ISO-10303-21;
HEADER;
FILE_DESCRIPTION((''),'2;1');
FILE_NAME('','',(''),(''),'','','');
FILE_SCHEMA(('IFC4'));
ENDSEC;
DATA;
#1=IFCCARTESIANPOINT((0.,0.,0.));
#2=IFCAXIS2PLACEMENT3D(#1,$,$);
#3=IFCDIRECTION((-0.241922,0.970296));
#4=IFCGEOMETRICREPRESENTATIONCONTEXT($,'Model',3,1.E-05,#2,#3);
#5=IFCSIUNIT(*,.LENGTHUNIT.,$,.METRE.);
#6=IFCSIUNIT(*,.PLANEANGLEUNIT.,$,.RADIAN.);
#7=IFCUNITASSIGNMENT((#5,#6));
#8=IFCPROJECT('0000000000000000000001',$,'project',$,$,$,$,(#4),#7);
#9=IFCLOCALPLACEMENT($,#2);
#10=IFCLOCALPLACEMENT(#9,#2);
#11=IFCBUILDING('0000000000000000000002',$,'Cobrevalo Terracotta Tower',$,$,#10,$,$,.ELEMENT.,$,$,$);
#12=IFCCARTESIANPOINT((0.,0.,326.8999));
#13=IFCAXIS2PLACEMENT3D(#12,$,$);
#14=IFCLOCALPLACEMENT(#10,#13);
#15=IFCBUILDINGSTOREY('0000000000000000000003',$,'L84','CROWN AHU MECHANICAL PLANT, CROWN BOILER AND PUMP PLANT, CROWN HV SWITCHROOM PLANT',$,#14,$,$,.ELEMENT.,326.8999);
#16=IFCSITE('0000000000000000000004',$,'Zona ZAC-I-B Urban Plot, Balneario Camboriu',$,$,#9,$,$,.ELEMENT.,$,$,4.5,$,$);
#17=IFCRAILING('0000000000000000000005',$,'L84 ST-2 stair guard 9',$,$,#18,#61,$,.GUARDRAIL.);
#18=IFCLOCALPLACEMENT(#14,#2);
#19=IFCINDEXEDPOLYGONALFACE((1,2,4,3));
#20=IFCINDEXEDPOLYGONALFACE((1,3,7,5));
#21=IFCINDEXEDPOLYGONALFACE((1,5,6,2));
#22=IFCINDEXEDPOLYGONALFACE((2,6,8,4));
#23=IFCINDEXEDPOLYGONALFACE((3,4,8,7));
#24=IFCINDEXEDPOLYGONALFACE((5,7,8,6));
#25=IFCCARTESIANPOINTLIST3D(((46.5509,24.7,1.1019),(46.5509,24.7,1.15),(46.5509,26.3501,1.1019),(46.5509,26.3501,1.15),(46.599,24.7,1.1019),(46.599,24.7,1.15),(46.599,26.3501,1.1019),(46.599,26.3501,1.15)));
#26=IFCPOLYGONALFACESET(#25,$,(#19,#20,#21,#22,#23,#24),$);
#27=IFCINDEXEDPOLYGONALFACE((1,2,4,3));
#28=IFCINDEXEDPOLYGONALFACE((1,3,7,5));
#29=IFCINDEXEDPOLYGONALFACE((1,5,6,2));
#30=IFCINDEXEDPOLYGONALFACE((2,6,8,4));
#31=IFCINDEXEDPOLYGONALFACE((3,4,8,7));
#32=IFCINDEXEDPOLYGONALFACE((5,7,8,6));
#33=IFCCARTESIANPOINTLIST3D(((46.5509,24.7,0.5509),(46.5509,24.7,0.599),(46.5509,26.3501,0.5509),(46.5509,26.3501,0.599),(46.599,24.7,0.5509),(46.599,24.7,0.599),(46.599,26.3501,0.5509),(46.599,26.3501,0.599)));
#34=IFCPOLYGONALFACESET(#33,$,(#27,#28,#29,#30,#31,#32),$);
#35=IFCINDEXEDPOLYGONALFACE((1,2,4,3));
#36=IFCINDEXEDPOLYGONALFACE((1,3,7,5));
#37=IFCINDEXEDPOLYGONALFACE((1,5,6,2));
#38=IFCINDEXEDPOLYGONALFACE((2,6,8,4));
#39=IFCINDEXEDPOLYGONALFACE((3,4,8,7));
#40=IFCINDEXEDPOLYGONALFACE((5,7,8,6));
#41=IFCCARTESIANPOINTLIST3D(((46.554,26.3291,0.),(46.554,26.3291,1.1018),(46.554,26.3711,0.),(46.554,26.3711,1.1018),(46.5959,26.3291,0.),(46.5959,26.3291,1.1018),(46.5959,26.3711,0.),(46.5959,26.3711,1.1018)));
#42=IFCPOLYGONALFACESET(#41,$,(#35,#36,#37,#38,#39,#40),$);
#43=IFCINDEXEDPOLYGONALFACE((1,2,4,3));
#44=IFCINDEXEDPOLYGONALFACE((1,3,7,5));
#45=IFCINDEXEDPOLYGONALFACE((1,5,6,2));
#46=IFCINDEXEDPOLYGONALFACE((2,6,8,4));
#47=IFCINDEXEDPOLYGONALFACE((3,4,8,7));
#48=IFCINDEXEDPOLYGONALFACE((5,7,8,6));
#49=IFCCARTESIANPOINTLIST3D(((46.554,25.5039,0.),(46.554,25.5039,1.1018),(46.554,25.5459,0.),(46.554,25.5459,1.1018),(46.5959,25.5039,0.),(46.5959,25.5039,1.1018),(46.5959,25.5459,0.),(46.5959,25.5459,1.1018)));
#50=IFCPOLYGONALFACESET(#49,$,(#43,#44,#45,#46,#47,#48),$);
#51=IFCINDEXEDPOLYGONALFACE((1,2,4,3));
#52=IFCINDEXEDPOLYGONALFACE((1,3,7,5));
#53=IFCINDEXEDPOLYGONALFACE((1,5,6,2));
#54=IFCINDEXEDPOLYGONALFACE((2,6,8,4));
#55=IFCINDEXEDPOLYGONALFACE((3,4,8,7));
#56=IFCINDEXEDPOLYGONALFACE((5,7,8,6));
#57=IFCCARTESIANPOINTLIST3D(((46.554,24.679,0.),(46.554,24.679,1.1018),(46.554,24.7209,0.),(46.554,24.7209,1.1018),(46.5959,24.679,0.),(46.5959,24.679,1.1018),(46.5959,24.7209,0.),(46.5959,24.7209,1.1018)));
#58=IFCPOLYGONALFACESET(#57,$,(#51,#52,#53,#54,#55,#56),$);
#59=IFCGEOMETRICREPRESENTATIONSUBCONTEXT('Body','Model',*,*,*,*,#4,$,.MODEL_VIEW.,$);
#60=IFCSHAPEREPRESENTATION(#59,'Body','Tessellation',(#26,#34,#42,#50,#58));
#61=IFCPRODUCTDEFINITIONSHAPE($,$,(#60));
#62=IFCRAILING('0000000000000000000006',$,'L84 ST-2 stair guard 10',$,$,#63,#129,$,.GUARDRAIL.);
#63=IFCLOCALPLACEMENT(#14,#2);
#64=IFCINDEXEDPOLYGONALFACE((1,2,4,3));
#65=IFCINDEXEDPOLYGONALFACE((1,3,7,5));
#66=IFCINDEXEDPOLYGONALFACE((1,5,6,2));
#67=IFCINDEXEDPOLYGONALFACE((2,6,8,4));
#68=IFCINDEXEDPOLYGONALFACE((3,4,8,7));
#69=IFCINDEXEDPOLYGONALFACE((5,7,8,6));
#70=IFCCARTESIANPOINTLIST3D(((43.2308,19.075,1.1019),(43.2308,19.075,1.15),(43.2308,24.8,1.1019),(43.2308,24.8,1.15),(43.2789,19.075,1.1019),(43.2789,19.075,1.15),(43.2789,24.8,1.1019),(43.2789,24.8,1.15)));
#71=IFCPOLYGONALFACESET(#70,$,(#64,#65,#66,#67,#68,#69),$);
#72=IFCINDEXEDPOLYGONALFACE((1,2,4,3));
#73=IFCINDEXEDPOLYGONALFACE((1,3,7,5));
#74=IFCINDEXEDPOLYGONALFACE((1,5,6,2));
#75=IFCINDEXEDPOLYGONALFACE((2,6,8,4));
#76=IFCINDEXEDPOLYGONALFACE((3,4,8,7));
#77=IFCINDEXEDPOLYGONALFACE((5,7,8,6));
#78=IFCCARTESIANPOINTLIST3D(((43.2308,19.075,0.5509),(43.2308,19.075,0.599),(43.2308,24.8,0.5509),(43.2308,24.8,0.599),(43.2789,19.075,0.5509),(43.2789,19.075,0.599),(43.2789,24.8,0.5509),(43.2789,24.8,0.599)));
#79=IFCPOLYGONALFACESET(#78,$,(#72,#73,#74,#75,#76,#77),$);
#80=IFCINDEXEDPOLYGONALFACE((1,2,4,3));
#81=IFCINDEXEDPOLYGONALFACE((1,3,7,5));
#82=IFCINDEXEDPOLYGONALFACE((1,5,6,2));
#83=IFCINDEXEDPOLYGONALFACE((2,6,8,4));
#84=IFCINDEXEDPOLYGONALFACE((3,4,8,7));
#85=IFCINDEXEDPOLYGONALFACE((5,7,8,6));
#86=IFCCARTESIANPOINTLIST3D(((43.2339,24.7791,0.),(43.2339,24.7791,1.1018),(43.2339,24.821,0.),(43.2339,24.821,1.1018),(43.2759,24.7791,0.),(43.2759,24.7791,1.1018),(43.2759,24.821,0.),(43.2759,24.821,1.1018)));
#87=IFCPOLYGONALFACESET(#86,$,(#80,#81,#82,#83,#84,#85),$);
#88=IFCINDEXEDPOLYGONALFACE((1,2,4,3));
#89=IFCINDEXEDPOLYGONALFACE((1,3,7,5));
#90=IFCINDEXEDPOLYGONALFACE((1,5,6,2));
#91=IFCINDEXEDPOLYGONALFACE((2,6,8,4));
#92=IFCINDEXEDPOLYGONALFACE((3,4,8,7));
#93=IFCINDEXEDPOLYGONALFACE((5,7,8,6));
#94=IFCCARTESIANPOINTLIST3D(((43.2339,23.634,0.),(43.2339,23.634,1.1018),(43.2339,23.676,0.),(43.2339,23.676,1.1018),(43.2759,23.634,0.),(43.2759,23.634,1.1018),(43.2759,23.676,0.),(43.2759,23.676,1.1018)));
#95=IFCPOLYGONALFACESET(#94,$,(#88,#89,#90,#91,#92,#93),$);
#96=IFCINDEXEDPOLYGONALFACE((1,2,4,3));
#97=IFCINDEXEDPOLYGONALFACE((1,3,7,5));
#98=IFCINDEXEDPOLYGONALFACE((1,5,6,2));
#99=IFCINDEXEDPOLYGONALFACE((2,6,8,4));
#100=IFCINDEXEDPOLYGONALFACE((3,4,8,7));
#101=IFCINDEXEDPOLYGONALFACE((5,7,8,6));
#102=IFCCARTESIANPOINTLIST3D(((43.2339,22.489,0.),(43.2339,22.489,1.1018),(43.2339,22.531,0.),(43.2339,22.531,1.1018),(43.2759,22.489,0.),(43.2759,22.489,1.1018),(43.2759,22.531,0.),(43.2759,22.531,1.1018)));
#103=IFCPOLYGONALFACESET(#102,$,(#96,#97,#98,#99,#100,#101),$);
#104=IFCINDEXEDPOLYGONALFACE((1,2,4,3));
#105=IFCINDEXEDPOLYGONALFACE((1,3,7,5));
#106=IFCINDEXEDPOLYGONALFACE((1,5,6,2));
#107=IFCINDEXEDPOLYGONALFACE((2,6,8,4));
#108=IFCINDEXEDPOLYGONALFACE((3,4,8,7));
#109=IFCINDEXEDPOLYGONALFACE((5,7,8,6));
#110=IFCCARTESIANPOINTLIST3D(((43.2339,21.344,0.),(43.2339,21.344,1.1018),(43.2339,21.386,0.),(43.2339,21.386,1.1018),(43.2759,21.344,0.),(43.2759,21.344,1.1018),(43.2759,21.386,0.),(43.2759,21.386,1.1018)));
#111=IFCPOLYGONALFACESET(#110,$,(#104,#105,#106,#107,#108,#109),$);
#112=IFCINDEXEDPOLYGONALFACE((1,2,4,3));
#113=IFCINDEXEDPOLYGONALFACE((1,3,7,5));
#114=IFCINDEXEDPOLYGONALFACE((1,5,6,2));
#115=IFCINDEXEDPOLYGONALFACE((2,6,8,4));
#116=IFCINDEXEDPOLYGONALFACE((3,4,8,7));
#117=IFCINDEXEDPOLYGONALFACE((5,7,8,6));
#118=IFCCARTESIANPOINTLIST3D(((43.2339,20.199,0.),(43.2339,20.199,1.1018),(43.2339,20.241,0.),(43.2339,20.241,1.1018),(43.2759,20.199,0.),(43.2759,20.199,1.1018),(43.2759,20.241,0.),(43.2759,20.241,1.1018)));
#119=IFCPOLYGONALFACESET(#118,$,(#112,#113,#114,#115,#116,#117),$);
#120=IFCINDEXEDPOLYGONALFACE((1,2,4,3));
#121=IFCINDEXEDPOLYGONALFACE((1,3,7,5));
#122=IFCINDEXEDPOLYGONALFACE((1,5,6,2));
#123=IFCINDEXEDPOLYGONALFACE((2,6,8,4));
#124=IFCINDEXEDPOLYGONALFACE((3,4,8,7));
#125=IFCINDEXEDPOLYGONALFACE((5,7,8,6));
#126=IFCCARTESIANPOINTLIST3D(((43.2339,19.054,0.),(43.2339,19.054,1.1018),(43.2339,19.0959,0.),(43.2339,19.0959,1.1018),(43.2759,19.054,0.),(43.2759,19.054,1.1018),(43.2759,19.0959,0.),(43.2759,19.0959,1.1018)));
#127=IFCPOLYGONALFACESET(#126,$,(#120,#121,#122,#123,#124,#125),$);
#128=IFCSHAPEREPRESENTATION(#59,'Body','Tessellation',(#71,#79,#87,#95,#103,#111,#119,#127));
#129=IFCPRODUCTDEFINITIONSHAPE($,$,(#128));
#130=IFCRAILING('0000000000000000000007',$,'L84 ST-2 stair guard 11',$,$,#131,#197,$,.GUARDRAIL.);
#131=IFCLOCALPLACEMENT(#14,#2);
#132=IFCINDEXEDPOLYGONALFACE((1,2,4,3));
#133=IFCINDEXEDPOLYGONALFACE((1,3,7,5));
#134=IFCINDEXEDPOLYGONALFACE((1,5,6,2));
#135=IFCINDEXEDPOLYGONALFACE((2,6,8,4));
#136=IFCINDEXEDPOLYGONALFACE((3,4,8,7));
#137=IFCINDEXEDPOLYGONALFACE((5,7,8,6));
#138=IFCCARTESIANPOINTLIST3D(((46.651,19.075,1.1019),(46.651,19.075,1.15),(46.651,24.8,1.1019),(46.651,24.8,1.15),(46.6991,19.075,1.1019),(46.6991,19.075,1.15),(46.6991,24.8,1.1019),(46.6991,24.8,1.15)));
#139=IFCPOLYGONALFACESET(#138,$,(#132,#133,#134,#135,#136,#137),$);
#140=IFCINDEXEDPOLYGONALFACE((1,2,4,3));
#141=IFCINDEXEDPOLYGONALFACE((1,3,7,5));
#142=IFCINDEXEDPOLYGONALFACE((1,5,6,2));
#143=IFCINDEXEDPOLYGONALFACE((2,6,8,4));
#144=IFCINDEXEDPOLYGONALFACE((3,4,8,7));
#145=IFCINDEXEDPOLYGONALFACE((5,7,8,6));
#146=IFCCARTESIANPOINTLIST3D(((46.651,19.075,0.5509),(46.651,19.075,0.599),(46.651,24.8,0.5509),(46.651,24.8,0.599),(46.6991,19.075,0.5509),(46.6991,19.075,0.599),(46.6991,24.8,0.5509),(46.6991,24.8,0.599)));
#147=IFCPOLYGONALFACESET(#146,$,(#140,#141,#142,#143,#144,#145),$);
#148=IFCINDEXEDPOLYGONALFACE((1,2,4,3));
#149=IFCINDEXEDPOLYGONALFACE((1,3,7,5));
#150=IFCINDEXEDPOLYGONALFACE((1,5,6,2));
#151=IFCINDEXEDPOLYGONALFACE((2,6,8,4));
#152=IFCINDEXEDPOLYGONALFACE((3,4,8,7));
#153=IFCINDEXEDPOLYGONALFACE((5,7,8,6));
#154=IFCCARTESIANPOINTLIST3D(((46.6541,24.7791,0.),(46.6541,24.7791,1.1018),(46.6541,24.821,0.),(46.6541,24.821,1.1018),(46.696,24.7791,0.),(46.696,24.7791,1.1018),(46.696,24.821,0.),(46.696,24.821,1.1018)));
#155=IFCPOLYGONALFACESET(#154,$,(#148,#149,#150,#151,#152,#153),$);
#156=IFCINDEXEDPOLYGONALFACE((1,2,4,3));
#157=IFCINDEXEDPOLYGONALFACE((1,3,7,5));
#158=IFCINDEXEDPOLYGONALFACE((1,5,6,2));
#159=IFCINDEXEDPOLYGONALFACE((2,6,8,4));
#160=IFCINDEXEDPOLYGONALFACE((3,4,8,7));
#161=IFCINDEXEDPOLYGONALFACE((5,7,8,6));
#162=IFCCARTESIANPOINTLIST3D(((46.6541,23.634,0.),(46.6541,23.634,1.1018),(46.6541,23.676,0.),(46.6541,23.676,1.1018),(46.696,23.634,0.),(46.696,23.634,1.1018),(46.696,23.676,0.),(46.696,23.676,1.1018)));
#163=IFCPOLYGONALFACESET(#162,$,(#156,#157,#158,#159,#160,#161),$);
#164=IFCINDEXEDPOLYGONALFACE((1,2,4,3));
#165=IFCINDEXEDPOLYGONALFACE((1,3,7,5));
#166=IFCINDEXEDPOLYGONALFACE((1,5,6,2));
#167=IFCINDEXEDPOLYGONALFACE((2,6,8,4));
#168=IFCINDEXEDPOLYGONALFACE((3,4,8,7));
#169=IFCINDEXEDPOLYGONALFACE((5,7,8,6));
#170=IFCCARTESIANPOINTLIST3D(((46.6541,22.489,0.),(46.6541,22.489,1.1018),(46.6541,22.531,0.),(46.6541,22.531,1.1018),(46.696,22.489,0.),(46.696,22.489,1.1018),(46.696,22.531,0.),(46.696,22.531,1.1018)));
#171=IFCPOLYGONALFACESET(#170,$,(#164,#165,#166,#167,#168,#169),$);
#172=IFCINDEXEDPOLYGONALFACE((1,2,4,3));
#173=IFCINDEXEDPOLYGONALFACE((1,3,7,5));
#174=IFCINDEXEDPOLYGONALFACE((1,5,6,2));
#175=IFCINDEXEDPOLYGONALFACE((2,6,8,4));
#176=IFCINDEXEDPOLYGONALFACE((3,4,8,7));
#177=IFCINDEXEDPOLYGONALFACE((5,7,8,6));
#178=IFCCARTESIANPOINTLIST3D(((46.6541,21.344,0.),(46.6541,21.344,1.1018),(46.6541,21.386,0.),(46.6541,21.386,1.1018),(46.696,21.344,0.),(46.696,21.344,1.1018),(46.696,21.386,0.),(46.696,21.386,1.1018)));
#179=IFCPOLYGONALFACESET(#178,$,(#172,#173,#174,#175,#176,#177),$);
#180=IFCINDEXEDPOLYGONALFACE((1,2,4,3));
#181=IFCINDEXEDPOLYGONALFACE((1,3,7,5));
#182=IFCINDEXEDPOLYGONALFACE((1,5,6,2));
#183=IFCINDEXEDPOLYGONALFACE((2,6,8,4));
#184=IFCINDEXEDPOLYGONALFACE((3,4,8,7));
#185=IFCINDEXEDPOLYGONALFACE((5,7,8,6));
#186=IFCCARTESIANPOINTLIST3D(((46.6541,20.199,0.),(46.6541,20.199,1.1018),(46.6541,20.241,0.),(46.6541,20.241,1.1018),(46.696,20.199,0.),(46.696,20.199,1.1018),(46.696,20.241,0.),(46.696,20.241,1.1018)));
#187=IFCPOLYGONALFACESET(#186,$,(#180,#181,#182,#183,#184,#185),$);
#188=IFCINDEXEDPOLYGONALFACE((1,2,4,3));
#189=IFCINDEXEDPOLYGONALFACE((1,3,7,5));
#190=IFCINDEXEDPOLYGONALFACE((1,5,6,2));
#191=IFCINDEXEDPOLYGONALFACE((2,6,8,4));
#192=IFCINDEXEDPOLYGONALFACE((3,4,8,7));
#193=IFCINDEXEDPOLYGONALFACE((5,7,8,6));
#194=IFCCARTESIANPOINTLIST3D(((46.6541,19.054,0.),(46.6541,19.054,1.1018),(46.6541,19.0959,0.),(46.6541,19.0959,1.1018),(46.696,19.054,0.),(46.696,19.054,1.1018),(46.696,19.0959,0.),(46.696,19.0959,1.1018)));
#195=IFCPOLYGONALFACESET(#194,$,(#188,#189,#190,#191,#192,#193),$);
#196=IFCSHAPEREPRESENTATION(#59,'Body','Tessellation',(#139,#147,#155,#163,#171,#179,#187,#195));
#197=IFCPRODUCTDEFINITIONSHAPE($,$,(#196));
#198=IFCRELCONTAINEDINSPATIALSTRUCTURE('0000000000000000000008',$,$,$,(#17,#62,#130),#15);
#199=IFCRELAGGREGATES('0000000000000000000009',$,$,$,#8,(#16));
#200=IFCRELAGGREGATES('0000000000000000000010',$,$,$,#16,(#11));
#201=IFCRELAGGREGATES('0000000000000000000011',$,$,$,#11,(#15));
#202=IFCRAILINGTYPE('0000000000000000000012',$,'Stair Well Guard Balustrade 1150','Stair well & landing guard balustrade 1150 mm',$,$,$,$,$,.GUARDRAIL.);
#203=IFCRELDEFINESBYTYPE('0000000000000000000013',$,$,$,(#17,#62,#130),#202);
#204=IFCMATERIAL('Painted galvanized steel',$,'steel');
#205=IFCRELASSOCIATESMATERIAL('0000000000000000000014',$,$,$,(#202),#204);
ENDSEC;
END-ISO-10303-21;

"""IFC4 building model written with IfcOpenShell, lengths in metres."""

from ifc_helpers import new_model, si_unit, direction, frame, origin, origin_2d, place, context, subcontext, project, spatial, rectangle, extrude, material, type_object, element, save


model = new_model("IFC4")

# Units and contexts
model_context = context("Model", 3, precision=1e-05, world=origin(), true_north=direction((-0.241922, 0.970296)))
body_context = subcontext(model_context, "Body", "Model", "MODEL_VIEW")
ifc_project = project(units=[si_unit("LENGTHUNIT", "METRE"), si_unit("PLANEANGLEUNIT", "RADIAN")], contexts=[model_context])

# Site, building, storey
site_placement = place(None, origin())
site = spatial("IfcSite", under=ifc_project, at=site_placement, Name="Zona ZAC-I-B Urban Plot, Balneario Camboriu", CompositionType="ELEMENT", RefElevation=4.5)
building_placement = place(site_placement, origin())
building = spatial("IfcBuilding", under=site, at=building_placement, Name="Cobrevalo Terracotta Tower", CompositionType="ELEMENT")
storey_placement = place(building_placement, frame((0.0, 0.0, 326.8999)))
storey = spatial("IfcBuildingStorey", under=building, at=storey_placement, Name="L84", Description="CROWN AHU MECHANICAL PLANT, CROWN BOILER AND PUMP PLANT, CROWN HV SWITCHROOM PLANT", CompositionType="ELEMENT", Elevation=326.8999)

# Railings
ifc_material_1 = material(Name="Painted galvanized steel", Category="steel")
railing_type = type_object("IfcRailingType", Name="Stair Well Guard Balustrade 1150", Description="Stair well & landing guard balustrade 1150 mm", PredefinedType="GUARDRAIL", material=ifc_material_1)
for number, where, name in (
    (1, (46.575, 26.3501, 0.0), "L84 ST-2 stair guard 9"),
):
    element("IfcRailing", number, at=place(storey_placement, frame(where)), inside=storey, type_object=railing_type, Name=name, PredefinedType="GUARDRAIL", context=body_context, shape_type="SweptSolid", body=[
        extrude(rectangle(XDim=0.0481, YDim=0.0481, at=origin_2d()), frame((0.0, 0.0, 1.126), z_axis=(0.0, -1.0, 0.0), x_axis=(1.0, 0.0, 0.0)), (0.0, 0.0, 1.0), 1.6501),
        extrude(rectangle(XDim=0.0481, YDim=0.0481, at=origin_2d()), frame((0.0, 0.0, 0.575), z_axis=(0.0, -1.0, 0.0), x_axis=(1.0, 0.0, 0.0)), (0.0, 0.0, 1.0), 1.6501),
        extrude(rectangle(XDim=0.042, YDim=0.042, at=origin_2d()), origin(), (0.0, 0.0, 1.0), 1.1018),
        extrude(rectangle(XDim=0.042, YDim=0.042, at=origin_2d()), frame((0.0, -0.8252, 0.0)), (0.0, 0.0, 1.0), 1.1018),
        extrude(rectangle(XDim=0.042, YDim=0.042, at=origin_2d()), frame((0.0, -1.6501, 0.0)), (0.0, 0.0, 1.0), 1.1018),
    ])
for number, where, name in (
    (2, (43.2549, 24.8, 0.0), "L84 ST-2 stair guard 10"),
    (3, (46.675, 24.8, 0.0), "L84 ST-2 stair guard 11"),
):
    element("IfcRailing", number, at=place(storey_placement, frame(where)), inside=storey, type_object=railing_type, Name=name, PredefinedType="GUARDRAIL", context=body_context, shape_type="SweptSolid", body=[
        extrude(rectangle(XDim=0.0481, YDim=0.0481, at=origin_2d()), frame((0.0, 0.0, 1.126), z_axis=(0.0, -1.0, 0.0), x_axis=(1.0, 0.0, 0.0)), (0.0, 0.0, 1.0), 5.7251),
        extrude(rectangle(XDim=0.0481, YDim=0.0481, at=origin_2d()), frame((0.0, 0.0, 0.575), z_axis=(0.0, -1.0, 0.0), x_axis=(1.0, 0.0, 0.0)), (0.0, 0.0, 1.0), 5.7251),
        extrude(rectangle(XDim=0.042, YDim=0.042, at=origin_2d()), origin(), (0.0, 0.0, 1.0), 1.1018),
        extrude(rectangle(XDim=0.042, YDim=0.042, at=origin_2d()), frame((0.0, -1.145, 0.0)), (0.0, 0.0, 1.0), 1.1018),
        extrude(rectangle(XDim=0.042, YDim=0.042, at=origin_2d()), frame((0.0, -2.29, 0.0)), (0.0, 0.0, 1.0), 1.1018),
        extrude(rectangle(XDim=0.042, YDim=0.042, at=origin_2d()), frame((0.0, -3.4351, 0.0)), (0.0, 0.0, 1.0), 1.1018),
        extrude(rectangle(XDim=0.042, YDim=0.042, at=origin_2d()), frame((0.0, -4.5801, 0.0)), (0.0, 0.0, 1.0), 1.1018),
        extrude(rectangle(XDim=0.042, YDim=0.042, at=origin_2d()), frame((0.0, -5.7251, 0.0)), (0.0, 0.0, 1.0), 1.1018),
    ])

save(model, "model.ifc")
